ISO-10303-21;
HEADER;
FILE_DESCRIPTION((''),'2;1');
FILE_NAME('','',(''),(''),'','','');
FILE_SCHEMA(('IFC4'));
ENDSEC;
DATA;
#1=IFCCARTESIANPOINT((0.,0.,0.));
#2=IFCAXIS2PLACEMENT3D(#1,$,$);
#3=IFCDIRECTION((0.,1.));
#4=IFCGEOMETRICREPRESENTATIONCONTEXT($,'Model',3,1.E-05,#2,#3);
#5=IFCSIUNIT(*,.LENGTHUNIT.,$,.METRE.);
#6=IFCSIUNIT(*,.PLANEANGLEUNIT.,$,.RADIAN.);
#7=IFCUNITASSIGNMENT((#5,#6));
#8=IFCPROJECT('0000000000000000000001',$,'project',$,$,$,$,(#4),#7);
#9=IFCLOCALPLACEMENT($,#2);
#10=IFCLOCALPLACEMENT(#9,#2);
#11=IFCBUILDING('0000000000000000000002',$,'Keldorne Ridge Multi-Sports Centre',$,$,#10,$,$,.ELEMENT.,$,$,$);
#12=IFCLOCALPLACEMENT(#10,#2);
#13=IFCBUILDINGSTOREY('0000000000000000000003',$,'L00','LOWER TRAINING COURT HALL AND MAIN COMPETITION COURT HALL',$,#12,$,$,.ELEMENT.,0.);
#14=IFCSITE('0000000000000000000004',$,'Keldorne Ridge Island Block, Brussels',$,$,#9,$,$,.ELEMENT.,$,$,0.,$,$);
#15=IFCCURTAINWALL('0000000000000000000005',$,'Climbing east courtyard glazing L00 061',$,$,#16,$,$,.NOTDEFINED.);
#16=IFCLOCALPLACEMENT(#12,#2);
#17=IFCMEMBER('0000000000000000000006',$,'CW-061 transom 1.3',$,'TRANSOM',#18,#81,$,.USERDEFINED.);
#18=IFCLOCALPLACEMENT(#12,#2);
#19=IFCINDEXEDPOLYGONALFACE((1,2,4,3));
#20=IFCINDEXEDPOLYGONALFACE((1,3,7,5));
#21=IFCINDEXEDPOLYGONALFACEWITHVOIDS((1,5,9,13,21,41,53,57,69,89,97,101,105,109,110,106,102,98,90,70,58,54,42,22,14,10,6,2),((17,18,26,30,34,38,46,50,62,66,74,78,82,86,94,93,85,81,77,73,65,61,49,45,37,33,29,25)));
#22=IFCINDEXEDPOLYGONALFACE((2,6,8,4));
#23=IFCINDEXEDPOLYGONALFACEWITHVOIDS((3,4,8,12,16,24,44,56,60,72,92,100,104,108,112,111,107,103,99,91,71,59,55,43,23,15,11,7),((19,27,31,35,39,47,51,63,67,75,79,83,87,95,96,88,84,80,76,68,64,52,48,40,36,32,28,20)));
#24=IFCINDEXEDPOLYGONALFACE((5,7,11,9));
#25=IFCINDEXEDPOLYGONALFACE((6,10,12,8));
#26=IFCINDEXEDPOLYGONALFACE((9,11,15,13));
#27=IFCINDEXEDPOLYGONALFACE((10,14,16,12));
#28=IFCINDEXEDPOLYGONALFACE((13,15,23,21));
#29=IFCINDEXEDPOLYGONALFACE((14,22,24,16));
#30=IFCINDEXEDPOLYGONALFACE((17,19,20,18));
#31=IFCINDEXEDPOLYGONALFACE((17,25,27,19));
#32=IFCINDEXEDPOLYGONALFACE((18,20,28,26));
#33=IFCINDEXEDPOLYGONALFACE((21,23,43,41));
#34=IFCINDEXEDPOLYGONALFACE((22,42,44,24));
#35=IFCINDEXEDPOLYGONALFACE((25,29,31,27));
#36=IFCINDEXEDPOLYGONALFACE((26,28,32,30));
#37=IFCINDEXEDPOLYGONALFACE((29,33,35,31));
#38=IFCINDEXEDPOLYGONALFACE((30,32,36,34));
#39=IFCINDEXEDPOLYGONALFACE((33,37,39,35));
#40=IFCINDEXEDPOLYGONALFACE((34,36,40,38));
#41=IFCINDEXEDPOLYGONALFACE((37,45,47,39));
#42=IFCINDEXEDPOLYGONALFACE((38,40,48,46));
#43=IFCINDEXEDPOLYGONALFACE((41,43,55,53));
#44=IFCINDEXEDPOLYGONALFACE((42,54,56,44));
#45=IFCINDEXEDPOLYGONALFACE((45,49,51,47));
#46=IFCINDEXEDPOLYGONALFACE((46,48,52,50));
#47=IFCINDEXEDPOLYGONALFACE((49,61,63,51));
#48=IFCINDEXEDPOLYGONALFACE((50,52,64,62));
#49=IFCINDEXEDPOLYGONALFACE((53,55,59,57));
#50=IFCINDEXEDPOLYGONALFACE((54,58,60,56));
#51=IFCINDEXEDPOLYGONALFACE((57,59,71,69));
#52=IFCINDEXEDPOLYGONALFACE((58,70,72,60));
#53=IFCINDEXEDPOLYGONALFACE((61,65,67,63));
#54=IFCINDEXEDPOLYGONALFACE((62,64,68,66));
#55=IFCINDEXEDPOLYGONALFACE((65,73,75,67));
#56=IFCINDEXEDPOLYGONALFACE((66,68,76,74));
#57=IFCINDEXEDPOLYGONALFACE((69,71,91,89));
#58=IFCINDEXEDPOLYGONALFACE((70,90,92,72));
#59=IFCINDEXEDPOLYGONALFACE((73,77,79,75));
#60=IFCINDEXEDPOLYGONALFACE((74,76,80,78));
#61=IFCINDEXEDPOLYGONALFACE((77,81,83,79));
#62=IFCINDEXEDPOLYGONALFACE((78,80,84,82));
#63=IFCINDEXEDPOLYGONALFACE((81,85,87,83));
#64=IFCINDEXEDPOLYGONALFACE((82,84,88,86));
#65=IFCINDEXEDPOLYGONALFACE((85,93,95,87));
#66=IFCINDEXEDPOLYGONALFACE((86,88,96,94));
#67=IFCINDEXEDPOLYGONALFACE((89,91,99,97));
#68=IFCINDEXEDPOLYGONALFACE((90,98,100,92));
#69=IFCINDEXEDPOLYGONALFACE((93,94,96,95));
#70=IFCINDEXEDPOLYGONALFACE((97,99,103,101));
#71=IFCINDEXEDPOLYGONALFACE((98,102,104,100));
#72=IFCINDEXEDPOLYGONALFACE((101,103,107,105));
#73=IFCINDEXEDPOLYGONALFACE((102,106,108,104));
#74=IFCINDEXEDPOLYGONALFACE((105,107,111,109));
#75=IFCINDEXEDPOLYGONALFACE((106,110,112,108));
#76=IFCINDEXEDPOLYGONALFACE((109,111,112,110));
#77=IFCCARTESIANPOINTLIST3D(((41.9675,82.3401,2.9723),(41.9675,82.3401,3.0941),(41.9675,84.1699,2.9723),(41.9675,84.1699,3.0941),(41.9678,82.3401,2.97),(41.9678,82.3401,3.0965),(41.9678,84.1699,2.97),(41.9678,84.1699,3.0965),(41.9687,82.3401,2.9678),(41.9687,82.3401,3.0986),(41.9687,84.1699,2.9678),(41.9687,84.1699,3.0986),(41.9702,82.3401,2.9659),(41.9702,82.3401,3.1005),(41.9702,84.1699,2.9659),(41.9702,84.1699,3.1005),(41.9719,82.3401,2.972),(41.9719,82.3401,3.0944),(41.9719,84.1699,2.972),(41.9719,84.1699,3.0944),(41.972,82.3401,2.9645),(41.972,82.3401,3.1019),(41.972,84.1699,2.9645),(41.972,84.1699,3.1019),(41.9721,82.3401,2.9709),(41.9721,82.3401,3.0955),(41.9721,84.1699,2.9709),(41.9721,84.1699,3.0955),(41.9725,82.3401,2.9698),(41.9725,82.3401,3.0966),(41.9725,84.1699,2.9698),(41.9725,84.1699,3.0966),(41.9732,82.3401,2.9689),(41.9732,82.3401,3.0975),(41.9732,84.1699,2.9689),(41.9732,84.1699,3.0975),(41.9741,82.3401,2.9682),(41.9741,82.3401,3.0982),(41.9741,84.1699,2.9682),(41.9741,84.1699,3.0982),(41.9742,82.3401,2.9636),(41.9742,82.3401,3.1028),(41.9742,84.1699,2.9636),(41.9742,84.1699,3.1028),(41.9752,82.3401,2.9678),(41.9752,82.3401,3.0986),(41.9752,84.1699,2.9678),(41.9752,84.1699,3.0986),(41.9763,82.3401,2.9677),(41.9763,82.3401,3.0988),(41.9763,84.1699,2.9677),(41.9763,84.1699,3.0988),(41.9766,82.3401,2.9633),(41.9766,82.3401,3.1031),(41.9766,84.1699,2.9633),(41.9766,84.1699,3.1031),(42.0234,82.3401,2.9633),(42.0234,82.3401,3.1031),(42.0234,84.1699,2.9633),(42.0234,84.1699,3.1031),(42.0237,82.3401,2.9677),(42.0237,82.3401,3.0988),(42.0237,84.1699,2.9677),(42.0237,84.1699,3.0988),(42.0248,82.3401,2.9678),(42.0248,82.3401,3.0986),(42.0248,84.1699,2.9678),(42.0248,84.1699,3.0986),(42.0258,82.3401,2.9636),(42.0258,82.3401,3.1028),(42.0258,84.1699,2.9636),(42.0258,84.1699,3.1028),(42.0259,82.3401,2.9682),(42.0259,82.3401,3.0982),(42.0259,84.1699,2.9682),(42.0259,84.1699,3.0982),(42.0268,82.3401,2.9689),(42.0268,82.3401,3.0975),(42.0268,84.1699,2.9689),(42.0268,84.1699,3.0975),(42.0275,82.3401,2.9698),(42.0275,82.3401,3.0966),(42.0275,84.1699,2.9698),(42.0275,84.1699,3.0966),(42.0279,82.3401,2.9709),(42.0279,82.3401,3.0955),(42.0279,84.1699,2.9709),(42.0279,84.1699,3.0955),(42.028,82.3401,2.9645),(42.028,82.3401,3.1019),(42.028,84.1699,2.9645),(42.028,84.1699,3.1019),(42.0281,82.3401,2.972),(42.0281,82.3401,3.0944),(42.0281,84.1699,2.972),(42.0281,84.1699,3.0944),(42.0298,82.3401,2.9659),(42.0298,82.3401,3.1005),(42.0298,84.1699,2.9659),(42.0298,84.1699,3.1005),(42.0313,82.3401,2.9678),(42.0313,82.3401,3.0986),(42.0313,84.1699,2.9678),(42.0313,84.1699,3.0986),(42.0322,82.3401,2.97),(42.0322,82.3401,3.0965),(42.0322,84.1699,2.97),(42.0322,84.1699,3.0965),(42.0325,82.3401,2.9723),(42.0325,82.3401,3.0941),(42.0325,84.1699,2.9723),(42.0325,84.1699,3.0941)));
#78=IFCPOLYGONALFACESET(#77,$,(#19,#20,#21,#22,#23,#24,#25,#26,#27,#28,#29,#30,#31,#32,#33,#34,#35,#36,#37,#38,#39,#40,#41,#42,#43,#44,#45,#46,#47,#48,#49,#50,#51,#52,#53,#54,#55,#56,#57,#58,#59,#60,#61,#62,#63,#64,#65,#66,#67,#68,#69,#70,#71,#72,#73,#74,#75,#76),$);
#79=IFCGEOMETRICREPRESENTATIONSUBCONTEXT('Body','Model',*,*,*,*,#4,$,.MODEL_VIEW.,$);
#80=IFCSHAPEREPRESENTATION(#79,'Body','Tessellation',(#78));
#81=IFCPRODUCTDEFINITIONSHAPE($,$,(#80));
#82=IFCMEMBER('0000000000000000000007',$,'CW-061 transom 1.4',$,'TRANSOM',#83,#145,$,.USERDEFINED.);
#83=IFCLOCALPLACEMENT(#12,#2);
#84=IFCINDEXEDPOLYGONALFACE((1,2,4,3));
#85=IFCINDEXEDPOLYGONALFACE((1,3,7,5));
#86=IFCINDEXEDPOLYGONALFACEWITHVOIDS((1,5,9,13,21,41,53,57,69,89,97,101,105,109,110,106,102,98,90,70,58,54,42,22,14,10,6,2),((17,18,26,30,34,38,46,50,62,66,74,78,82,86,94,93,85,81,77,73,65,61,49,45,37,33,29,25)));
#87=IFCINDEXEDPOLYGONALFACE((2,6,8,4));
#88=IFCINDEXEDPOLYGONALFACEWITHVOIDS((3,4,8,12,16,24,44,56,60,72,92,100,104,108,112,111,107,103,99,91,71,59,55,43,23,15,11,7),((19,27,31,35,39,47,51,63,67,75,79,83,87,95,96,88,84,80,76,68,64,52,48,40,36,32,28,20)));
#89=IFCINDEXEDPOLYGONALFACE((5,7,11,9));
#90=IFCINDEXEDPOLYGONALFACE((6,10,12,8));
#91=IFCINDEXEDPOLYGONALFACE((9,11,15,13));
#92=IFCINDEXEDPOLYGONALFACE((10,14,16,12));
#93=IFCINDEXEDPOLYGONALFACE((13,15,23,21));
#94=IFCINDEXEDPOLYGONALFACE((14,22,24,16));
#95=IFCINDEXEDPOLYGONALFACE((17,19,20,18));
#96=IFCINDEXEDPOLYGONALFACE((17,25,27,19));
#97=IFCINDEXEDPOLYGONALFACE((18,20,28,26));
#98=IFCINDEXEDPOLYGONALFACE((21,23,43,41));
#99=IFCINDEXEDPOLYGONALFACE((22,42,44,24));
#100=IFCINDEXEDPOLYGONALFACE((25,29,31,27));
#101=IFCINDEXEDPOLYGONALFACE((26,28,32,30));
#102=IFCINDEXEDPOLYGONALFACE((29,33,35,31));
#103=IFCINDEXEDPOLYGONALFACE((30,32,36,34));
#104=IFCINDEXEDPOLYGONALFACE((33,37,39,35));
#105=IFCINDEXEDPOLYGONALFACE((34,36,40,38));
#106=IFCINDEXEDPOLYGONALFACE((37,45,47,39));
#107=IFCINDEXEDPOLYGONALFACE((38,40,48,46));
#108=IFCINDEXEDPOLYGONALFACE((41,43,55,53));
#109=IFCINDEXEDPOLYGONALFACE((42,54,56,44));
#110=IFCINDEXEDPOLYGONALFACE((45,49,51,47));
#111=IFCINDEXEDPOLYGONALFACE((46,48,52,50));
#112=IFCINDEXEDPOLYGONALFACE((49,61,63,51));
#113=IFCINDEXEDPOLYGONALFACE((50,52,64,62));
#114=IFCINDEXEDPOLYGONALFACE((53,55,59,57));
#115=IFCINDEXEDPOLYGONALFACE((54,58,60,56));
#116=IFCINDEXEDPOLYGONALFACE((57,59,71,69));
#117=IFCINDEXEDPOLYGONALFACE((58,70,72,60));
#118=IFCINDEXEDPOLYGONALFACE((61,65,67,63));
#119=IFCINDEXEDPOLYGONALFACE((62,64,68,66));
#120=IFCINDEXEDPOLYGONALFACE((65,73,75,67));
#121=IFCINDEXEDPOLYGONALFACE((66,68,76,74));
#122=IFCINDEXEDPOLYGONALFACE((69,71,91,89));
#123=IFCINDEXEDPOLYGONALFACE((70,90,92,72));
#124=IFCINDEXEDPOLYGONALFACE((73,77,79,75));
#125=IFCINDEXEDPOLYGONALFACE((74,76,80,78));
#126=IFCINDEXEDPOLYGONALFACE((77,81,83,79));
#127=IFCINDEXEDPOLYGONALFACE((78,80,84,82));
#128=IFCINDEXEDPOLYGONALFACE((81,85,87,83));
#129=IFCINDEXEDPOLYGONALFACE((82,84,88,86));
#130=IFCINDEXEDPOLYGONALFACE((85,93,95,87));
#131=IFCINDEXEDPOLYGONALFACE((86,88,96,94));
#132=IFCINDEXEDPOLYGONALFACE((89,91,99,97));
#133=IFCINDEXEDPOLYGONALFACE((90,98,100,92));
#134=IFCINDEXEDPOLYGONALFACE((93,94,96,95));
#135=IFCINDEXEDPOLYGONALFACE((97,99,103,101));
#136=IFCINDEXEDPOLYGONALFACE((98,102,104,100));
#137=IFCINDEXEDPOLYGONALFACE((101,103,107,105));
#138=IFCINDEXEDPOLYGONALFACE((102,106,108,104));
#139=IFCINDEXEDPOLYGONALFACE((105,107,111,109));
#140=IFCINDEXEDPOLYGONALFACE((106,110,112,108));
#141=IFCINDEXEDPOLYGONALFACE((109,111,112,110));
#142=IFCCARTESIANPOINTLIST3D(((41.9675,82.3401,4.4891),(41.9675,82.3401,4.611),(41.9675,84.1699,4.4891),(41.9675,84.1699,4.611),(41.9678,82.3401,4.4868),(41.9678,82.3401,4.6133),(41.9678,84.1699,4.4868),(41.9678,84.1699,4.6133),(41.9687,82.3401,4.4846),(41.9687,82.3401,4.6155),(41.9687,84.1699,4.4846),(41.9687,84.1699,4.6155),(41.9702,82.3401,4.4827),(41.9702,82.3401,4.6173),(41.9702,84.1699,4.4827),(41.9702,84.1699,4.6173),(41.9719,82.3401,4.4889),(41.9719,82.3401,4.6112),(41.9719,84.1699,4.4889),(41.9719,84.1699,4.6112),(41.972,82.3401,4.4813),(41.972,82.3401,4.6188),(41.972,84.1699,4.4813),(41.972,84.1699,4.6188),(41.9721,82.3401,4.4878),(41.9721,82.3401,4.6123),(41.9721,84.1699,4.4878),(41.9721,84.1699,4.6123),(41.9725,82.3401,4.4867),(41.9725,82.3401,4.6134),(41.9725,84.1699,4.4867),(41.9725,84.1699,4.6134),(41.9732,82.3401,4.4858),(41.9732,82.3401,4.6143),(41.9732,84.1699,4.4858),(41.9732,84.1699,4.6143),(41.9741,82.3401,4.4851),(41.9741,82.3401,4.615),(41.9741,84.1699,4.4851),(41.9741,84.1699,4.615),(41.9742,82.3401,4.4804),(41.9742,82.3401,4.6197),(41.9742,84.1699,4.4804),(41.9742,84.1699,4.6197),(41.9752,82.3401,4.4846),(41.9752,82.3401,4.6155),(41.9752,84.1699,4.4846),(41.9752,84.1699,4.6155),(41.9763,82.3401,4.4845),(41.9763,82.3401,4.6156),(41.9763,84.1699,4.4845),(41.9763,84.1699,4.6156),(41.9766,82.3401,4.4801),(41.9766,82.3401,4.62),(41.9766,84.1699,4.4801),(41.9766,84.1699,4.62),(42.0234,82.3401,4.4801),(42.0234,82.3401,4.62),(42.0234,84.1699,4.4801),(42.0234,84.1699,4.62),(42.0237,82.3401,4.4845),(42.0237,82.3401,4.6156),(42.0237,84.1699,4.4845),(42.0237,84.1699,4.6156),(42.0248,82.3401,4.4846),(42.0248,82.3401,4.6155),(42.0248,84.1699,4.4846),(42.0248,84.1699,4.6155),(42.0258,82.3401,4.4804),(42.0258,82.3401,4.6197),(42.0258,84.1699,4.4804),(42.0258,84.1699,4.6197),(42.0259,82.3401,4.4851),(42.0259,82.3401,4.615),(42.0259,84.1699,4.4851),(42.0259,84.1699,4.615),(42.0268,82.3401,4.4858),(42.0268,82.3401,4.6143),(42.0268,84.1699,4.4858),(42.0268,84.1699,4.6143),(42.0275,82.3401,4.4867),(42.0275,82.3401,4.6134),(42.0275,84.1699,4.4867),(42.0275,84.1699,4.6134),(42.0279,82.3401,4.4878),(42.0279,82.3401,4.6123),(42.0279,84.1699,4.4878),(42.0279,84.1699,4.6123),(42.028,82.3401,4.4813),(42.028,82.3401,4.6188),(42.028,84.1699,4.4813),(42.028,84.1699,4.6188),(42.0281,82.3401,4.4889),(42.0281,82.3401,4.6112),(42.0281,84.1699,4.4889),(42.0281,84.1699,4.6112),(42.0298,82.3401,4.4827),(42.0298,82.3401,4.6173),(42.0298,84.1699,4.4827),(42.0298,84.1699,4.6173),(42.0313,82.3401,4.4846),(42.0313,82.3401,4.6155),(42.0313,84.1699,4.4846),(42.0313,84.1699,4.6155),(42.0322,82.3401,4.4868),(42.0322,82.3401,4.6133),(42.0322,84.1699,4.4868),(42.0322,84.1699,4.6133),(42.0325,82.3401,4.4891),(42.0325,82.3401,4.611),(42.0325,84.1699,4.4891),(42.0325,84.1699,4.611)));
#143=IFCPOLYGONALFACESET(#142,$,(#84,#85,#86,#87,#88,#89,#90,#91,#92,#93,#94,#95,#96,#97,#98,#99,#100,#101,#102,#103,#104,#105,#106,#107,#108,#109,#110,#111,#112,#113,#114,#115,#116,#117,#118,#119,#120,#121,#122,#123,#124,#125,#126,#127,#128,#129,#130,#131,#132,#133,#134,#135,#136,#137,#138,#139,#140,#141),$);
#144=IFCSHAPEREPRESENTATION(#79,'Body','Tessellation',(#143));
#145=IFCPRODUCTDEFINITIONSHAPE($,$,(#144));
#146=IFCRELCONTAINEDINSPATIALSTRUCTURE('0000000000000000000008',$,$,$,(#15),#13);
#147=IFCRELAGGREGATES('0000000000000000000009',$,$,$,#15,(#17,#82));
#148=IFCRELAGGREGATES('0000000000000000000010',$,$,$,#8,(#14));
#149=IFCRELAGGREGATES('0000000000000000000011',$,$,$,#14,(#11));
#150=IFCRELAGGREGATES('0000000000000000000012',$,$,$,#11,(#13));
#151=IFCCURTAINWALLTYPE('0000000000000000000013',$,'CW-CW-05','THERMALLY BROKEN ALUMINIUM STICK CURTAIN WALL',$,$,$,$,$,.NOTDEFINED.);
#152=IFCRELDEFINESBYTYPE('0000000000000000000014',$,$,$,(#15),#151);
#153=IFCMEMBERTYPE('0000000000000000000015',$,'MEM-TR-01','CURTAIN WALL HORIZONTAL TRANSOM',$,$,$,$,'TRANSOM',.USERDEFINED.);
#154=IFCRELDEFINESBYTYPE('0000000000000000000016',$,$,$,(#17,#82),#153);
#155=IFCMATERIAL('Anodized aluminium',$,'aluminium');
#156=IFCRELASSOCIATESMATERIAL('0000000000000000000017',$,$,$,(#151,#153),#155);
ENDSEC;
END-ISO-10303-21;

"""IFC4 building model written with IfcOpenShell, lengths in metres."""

from ifc_helpers import new_model, si_unit, direction, frame, origin, origin_2d, place, context, subcontext, project, spatial, hollow_rectangle, extrude, material, material_profile, profile_set, type_object, element, aggregate, save


model = new_model("IFC4")

# Units and contexts
model_context = context("Model", 3, precision=1e-05, world=origin(), true_north=direction((0.0, 1.0)))
body_context = subcontext(model_context, "Body", "Model", "MODEL_VIEW")
ifc_project = project(units=[si_unit("LENGTHUNIT", "METRE"), si_unit("PLANEANGLEUNIT", "RADIAN")], contexts=[model_context])

# Site, building, storey
site_placement = place(None, origin())
site = spatial("IfcSite", under=ifc_project, at=site_placement, Name="Keldorne Ridge Island Block, Brussels", CompositionType="ELEMENT", RefElevation=0.0)
building_placement = place(site_placement, origin())
building = spatial("IfcBuilding", under=site, at=building_placement, Name="Keldorne Ridge Multi-Sports Centre", CompositionType="ELEMENT")
storey_placement = place(building_placement, origin())
storey = spatial("IfcBuildingStorey", under=building, at=storey_placement, Name="L00", Description="LOWER TRAINING COURT HALL AND MAIN COMPETITION COURT HALL", CompositionType="ELEMENT", Elevation=0.0)

# Curtain wall, members
ifc_material_1 = material(Name="Anodized aluminium", Category="aluminium")
curtain_wall_type_1 = type_object("IfcCurtainWallType", Name="CW-CW-05", Description="THERMALLY BROKEN ALUMINIUM STICK CURTAIN WALL", PredefinedType="NOTDEFINED", material=ifc_material_1)
curtain_wall_1_placement = place(storey_placement, origin())
curtain_wall_1 = element("IfcCurtainWall", 1, at=curtain_wall_1_placement, inside=storey, type_object=curtain_wall_type_1, Name="Climbing east courtyard glazing L00 061", PredefinedType="NOTDEFINED")
ifc_material_profile_1 = material_profile(ifc_material_1, hollow_rectangle(XDim=0.0649, YDim=0.1399, WallThickness=0.0044, InnerFilletRadius=0.0044, OuterFilletRadius=0.009, at=origin_2d()), Name="ALU TRANSOM 140x65x4.5")
ifc_profile_set_1 = profile_set([ifc_material_profile_1], Name="Anodized aluminium")
member_type_1 = type_object("IfcMemberType", Name="MEM-TR-01", Description="CURTAIN WALL HORIZONTAL TRANSOM", ElementType="TRANSOM", PredefinedType="USERDEFINED", material=ifc_profile_set_1)
member_1_placement = place(storey_placement, frame((42.0, 82.3401, 3.0332), z_axis=(0.0, 1.0, 0.0), x_axis=(-1.0, 0.0, 0.0)))
member_1 = element("IfcMember", 2, at=member_1_placement, type_object=member_type_1, Name="CW-061 transom 1.3", ObjectType="TRANSOM", PredefinedType="USERDEFINED", context=body_context, shape_type="SweptSolid", body=[
    extrude(hollow_rectangle(XDim=0.0649, YDim=0.1399, WallThickness=0.0044, InnerFilletRadius=0.0044, OuterFilletRadius=0.009, at=origin_2d()), origin(), (0.0, 0.0, 1.0), 1.8298),
])
member_2_placement = place(storey_placement, frame((42.0, 82.3401, 4.55), z_axis=(0.0, 1.0, 0.0), x_axis=(-1.0, 0.0, 0.0)))
member_2 = element("IfcMember", 3, at=member_2_placement, type_object=member_type_1, Name="CW-061 transom 1.4", ObjectType="TRANSOM", PredefinedType="USERDEFINED", context=body_context, shape_type="SweptSolid", body=[
    extrude(hollow_rectangle(XDim=0.0649, YDim=0.1399, WallThickness=0.0044, InnerFilletRadius=0.0044, OuterFilletRadius=0.009, at=origin_2d()), origin(), (0.0, 0.0, 1.0), 1.8298),
])

aggregate(curtain_wall_1, [member_1, member_2])

save(model, "model.ifc")
